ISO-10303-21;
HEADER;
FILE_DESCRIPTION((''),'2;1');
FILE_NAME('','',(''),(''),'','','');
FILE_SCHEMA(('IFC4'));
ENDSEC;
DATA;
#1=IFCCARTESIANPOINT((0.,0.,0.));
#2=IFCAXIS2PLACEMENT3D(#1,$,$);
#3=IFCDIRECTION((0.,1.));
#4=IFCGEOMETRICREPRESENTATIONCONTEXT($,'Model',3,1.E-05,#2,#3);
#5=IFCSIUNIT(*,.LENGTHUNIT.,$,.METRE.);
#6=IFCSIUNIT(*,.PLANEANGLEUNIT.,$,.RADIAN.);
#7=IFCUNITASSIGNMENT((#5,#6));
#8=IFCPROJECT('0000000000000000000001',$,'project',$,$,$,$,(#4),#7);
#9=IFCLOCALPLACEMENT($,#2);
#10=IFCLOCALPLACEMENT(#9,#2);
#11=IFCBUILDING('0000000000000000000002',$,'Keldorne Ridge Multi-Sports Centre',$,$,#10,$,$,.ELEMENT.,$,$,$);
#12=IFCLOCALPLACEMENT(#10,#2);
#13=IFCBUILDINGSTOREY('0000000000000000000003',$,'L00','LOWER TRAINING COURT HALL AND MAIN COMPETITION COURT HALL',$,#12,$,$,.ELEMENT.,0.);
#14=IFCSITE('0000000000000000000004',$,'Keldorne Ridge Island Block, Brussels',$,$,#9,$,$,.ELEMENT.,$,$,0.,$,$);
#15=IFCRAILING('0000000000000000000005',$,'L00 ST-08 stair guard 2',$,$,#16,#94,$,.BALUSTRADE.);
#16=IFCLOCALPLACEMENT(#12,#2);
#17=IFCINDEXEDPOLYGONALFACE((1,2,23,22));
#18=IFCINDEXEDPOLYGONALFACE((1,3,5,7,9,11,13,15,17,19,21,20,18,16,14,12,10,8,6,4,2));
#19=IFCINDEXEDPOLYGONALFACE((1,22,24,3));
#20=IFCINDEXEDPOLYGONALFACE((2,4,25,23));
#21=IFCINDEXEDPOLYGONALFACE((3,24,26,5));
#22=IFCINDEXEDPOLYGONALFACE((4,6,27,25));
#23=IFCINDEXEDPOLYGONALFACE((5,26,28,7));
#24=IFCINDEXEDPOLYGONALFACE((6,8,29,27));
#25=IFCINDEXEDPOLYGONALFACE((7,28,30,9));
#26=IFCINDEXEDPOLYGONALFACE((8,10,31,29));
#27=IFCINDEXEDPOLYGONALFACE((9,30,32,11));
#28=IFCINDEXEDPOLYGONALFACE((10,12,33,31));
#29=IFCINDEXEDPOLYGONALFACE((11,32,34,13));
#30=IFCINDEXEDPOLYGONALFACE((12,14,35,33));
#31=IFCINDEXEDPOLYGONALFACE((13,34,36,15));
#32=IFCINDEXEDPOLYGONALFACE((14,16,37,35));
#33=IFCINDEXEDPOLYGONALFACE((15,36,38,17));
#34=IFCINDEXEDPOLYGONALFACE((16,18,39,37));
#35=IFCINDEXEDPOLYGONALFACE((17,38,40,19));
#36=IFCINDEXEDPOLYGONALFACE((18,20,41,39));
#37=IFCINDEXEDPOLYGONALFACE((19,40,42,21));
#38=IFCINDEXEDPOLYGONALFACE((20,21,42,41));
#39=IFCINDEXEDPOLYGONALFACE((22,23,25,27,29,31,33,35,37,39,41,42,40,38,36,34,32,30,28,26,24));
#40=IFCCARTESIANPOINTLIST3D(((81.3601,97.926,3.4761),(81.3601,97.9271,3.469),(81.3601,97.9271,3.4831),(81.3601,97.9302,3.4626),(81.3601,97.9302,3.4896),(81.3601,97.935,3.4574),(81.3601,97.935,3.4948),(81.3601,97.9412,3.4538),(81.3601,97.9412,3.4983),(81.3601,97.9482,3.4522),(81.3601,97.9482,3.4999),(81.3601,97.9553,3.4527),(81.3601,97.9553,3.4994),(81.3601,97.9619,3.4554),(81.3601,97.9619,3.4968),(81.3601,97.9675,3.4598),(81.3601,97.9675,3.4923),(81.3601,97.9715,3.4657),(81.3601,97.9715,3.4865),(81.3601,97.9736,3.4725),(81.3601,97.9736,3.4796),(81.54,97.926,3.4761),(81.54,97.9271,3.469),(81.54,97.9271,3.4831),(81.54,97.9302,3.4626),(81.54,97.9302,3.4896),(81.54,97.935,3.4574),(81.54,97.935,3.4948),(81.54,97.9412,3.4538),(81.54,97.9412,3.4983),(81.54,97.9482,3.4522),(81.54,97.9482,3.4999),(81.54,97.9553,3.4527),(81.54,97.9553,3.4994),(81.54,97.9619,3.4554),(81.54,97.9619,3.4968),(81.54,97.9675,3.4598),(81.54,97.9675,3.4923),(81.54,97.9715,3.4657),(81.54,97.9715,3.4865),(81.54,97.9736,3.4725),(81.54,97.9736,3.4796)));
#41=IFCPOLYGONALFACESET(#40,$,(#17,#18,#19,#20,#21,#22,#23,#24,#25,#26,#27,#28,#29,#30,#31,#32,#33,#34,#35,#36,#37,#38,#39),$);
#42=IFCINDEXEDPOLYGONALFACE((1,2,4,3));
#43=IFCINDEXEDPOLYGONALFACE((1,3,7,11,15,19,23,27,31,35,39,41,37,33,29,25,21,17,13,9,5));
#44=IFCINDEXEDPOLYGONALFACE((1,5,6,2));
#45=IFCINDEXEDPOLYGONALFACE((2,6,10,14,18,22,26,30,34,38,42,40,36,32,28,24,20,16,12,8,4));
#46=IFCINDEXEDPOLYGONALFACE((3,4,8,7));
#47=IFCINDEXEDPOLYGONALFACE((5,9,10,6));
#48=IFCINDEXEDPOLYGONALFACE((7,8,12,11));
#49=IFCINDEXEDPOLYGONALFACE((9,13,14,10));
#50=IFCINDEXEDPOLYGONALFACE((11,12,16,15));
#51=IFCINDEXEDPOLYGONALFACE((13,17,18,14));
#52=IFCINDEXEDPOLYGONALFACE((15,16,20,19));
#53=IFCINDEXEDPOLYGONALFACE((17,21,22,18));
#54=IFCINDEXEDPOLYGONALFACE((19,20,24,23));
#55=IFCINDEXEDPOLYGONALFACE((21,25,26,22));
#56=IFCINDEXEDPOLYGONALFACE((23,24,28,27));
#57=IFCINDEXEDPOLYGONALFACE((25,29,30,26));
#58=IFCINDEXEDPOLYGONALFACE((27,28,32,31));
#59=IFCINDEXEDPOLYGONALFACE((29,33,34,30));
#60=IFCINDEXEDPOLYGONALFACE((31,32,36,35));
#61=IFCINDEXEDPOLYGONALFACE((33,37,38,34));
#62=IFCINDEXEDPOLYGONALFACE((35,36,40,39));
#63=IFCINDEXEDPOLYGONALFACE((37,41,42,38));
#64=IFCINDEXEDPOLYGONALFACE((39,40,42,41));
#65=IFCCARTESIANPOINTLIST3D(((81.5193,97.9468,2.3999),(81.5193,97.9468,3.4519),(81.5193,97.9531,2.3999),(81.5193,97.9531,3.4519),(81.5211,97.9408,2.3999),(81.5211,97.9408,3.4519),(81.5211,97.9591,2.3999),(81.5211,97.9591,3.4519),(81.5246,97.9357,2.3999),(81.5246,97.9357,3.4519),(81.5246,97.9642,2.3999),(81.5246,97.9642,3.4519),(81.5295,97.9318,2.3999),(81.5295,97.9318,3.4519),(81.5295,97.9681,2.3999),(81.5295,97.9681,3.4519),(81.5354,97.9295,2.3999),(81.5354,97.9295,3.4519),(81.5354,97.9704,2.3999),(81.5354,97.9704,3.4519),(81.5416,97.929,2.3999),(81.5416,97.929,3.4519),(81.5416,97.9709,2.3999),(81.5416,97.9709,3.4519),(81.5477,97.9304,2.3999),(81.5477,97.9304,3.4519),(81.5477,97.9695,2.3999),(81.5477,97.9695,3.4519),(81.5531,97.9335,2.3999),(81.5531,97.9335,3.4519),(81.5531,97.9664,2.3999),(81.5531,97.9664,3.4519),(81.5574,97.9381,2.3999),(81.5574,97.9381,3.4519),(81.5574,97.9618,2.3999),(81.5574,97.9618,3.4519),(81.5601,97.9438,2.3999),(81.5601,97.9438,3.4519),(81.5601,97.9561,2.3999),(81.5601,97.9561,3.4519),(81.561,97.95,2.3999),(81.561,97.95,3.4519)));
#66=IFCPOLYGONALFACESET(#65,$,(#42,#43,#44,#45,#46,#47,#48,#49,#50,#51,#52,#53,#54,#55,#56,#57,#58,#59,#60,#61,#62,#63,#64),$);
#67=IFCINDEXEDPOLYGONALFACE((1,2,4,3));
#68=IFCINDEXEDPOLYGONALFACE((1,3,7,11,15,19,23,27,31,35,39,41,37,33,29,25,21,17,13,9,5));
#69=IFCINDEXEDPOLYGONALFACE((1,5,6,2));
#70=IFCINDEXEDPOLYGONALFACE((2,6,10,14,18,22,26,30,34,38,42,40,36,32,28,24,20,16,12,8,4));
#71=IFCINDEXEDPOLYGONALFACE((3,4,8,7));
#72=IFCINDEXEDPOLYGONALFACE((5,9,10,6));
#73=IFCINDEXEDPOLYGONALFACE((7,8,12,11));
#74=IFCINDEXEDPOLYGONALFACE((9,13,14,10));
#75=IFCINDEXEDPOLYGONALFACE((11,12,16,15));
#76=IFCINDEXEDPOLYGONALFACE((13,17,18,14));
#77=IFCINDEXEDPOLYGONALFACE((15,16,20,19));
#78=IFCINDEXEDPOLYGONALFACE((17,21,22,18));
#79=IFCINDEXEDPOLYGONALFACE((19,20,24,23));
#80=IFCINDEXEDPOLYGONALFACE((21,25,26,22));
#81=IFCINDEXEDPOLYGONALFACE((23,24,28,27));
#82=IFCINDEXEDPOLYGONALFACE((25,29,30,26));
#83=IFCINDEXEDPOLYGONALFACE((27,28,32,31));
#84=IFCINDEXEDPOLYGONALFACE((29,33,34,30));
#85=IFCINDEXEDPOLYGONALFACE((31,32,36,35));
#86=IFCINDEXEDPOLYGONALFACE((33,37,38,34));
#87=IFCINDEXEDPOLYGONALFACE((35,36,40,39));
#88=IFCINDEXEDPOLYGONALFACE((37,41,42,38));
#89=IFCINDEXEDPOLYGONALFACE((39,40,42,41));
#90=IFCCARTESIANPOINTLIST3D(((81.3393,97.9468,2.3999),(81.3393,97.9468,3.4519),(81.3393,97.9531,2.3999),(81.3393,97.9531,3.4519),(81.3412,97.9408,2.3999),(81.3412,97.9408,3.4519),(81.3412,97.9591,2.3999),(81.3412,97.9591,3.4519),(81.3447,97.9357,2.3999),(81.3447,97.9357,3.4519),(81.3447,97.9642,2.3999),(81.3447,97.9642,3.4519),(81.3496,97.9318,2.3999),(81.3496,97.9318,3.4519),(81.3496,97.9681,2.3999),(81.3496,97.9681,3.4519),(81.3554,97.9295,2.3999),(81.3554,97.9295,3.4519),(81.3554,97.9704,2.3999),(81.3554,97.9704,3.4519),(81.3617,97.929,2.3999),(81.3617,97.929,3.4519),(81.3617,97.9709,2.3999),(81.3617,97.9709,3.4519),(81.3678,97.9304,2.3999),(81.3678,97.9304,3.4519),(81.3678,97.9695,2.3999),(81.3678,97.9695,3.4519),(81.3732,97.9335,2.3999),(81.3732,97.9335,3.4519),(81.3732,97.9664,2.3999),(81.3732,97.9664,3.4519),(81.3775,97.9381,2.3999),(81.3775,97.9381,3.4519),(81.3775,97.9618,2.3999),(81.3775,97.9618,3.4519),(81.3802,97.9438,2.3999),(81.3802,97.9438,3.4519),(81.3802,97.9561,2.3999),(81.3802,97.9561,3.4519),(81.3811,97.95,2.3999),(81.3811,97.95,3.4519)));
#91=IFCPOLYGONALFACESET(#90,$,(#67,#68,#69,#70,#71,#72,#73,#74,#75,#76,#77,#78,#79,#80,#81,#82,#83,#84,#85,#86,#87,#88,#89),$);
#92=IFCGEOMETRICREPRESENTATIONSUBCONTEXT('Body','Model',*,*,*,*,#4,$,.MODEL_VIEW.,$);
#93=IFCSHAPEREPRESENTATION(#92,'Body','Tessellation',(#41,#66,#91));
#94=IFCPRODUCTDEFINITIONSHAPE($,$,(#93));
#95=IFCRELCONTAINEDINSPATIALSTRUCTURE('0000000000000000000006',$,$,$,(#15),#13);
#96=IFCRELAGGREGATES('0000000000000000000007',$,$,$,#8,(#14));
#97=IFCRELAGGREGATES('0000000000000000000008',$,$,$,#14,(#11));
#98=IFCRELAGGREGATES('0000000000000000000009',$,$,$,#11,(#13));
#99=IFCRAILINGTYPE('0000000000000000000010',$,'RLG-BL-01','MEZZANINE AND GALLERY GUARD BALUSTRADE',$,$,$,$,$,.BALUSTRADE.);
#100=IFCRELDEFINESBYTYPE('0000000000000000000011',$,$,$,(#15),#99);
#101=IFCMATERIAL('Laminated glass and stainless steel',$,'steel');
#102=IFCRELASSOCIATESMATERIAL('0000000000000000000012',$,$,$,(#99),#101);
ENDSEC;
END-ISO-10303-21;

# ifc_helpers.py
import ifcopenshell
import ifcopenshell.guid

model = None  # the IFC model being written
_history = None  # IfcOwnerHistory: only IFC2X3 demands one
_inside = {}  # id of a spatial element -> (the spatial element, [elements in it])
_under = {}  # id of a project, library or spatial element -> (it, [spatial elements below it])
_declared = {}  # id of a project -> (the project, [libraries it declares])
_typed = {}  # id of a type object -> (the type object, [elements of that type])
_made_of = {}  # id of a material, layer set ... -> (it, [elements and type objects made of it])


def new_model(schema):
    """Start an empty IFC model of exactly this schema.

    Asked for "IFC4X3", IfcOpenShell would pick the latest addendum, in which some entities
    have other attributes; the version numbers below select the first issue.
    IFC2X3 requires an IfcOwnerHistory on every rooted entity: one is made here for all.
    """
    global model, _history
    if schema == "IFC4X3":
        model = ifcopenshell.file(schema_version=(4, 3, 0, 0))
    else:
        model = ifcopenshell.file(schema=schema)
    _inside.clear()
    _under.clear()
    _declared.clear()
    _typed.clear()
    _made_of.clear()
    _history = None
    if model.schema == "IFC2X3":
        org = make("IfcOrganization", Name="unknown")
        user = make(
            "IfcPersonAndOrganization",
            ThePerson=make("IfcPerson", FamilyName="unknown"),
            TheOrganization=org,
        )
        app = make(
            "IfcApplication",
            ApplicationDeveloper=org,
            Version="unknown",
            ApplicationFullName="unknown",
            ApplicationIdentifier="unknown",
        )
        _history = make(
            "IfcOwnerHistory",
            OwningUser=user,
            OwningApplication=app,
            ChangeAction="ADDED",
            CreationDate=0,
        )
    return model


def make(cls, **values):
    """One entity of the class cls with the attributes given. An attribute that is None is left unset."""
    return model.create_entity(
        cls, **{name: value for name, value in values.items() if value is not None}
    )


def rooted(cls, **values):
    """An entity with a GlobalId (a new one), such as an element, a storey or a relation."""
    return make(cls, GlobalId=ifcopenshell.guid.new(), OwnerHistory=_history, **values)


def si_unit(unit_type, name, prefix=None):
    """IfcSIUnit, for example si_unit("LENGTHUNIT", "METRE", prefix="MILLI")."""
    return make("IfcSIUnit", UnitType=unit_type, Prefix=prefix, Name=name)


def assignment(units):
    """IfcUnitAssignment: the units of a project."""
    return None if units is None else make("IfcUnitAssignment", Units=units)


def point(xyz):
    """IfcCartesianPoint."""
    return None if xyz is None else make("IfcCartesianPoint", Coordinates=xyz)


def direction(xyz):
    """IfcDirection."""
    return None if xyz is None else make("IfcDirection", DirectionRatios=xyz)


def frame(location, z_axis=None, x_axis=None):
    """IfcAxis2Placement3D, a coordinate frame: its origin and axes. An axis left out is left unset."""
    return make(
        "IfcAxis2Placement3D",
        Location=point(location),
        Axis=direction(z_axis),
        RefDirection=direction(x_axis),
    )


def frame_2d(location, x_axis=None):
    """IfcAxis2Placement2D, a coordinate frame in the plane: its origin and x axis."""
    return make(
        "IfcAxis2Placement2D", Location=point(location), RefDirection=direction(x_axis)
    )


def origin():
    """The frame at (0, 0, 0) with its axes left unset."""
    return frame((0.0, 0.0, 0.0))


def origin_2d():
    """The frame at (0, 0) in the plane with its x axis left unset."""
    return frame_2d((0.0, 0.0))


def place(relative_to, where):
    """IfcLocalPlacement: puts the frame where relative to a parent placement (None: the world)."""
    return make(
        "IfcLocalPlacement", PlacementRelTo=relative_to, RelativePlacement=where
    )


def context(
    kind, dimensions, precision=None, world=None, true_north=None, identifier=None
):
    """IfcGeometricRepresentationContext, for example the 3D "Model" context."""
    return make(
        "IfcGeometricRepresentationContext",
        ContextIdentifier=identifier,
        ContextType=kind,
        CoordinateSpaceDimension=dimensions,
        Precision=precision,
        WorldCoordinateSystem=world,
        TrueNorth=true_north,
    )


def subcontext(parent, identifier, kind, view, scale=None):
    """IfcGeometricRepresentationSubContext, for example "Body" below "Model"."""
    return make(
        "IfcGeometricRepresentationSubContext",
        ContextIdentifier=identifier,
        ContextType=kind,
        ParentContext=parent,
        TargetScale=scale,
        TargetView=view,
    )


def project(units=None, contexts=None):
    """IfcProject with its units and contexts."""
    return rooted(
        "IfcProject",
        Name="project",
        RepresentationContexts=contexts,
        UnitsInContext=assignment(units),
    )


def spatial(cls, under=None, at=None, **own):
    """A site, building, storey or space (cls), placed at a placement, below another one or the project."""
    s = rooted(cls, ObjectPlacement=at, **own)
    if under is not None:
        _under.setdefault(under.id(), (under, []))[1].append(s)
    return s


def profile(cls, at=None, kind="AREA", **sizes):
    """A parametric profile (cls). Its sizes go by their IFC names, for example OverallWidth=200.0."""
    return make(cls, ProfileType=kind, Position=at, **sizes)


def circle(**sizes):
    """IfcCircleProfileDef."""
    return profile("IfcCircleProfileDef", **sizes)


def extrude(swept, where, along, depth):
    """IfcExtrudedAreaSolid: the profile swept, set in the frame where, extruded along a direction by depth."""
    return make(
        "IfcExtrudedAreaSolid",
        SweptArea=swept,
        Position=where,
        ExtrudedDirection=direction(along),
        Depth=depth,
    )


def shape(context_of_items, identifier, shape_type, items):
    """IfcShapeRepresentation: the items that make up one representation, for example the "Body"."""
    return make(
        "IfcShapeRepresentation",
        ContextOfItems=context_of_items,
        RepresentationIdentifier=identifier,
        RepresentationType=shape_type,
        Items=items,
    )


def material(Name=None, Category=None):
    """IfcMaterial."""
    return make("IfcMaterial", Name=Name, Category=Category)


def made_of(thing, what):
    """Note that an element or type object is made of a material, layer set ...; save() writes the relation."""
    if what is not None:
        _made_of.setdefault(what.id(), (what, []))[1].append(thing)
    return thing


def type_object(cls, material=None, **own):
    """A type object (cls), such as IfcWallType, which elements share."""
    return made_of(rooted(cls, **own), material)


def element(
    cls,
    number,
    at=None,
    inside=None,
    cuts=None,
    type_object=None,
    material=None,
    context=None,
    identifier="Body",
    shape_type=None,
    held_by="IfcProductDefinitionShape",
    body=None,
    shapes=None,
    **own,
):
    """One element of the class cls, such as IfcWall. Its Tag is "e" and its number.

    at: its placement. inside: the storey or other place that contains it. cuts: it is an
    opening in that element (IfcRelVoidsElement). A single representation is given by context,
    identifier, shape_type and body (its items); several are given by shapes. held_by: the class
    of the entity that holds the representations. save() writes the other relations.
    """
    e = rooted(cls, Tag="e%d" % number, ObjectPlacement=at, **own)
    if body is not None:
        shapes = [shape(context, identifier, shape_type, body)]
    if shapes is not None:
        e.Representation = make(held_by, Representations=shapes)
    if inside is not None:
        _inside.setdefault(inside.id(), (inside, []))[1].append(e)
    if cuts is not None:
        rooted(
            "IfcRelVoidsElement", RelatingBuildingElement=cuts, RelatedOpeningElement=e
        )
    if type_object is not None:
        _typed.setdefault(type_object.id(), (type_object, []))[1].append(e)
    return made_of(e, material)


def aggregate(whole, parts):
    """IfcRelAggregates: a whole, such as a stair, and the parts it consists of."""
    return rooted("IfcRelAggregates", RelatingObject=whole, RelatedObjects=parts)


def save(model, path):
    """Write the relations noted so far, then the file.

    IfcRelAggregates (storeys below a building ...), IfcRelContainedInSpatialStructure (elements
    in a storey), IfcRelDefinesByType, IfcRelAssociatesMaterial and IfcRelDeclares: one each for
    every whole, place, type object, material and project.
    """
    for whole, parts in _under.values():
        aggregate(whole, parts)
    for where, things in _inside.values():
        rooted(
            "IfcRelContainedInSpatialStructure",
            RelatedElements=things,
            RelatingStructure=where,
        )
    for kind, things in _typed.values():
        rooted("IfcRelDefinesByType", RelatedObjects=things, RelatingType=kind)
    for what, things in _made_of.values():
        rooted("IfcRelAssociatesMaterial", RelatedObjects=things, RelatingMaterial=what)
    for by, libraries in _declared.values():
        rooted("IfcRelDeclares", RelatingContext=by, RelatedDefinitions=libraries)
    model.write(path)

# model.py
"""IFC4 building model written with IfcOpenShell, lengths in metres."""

from ifc_helpers import new_model, si_unit, direction, frame, origin, origin_2d, place, context, subcontext, project, spatial, circle, extrude, material, type_object, element, save


model = new_model("IFC4")

# Units and contexts
model_context = context("Model", 3, precision=1e-05, world=origin(), true_north=direction((0.0, 1.0)))
body_context = subcontext(model_context, "Body", "Model", "MODEL_VIEW")
ifc_project = project(units=[si_unit("LENGTHUNIT", "METRE"), si_unit("PLANEANGLEUNIT", "RADIAN")], contexts=[model_context])

# Site, building, storey
site_placement = place(None, origin())
site = spatial("IfcSite", under=ifc_project, at=site_placement, Name="Keldorne Ridge Island Block, Brussels", CompositionType="ELEMENT", RefElevation=0.0)
building_placement = place(site_placement, origin())
building = spatial("IfcBuilding", under=site, at=building_placement, Name="Keldorne Ridge Multi-Sports Centre", CompositionType="ELEMENT")
storey_placement = place(building_placement, origin())
storey = spatial("IfcBuildingStorey", under=building, at=storey_placement, Name="L00", Description="LOWER TRAINING COURT HALL AND MAIN COMPETITION COURT HALL", CompositionType="ELEMENT", Elevation=0.0)

# Railing
ifc_material_1 = material(Name="Laminated glass and stainless steel", Category="steel")
railing_type_1 = type_object("IfcRailingType", Name="RLG-BL-01", Description="MEZZANINE AND GALLERY GUARD BALUSTRADE", PredefinedType="BALUSTRADE", material=ifc_material_1)
railing_1_placement = place(storey_placement, frame((81.54, 97.95, 2.3999)))
element("IfcRailing", 1, at=railing_1_placement, inside=storey, type_object=railing_type_1, Name="L00 ST-08 stair guard 2", PredefinedType="BALUSTRADE", context=body_context, shape_type="SweptSolid", body=[
    extrude(circle(Radius=0.0239, at=origin_2d()), frame((0.0, 0.0, 1.0762), z_axis=(-1.0, 0.0, 0.0), x_axis=(0.0, -1.0, 0.0)), (0.0, 0.0, 1.0), 0.1799),
    extrude(circle(Radius=0.021, at=origin_2d()), origin(), (0.0, 0.0, 1.0), 1.052),
    extrude(circle(Radius=0.021, at=origin_2d()), frame((-0.1799, 0.0, 0.0)), (0.0, 0.0, 1.0), 1.052),
])

save(model, "model.ifc")
